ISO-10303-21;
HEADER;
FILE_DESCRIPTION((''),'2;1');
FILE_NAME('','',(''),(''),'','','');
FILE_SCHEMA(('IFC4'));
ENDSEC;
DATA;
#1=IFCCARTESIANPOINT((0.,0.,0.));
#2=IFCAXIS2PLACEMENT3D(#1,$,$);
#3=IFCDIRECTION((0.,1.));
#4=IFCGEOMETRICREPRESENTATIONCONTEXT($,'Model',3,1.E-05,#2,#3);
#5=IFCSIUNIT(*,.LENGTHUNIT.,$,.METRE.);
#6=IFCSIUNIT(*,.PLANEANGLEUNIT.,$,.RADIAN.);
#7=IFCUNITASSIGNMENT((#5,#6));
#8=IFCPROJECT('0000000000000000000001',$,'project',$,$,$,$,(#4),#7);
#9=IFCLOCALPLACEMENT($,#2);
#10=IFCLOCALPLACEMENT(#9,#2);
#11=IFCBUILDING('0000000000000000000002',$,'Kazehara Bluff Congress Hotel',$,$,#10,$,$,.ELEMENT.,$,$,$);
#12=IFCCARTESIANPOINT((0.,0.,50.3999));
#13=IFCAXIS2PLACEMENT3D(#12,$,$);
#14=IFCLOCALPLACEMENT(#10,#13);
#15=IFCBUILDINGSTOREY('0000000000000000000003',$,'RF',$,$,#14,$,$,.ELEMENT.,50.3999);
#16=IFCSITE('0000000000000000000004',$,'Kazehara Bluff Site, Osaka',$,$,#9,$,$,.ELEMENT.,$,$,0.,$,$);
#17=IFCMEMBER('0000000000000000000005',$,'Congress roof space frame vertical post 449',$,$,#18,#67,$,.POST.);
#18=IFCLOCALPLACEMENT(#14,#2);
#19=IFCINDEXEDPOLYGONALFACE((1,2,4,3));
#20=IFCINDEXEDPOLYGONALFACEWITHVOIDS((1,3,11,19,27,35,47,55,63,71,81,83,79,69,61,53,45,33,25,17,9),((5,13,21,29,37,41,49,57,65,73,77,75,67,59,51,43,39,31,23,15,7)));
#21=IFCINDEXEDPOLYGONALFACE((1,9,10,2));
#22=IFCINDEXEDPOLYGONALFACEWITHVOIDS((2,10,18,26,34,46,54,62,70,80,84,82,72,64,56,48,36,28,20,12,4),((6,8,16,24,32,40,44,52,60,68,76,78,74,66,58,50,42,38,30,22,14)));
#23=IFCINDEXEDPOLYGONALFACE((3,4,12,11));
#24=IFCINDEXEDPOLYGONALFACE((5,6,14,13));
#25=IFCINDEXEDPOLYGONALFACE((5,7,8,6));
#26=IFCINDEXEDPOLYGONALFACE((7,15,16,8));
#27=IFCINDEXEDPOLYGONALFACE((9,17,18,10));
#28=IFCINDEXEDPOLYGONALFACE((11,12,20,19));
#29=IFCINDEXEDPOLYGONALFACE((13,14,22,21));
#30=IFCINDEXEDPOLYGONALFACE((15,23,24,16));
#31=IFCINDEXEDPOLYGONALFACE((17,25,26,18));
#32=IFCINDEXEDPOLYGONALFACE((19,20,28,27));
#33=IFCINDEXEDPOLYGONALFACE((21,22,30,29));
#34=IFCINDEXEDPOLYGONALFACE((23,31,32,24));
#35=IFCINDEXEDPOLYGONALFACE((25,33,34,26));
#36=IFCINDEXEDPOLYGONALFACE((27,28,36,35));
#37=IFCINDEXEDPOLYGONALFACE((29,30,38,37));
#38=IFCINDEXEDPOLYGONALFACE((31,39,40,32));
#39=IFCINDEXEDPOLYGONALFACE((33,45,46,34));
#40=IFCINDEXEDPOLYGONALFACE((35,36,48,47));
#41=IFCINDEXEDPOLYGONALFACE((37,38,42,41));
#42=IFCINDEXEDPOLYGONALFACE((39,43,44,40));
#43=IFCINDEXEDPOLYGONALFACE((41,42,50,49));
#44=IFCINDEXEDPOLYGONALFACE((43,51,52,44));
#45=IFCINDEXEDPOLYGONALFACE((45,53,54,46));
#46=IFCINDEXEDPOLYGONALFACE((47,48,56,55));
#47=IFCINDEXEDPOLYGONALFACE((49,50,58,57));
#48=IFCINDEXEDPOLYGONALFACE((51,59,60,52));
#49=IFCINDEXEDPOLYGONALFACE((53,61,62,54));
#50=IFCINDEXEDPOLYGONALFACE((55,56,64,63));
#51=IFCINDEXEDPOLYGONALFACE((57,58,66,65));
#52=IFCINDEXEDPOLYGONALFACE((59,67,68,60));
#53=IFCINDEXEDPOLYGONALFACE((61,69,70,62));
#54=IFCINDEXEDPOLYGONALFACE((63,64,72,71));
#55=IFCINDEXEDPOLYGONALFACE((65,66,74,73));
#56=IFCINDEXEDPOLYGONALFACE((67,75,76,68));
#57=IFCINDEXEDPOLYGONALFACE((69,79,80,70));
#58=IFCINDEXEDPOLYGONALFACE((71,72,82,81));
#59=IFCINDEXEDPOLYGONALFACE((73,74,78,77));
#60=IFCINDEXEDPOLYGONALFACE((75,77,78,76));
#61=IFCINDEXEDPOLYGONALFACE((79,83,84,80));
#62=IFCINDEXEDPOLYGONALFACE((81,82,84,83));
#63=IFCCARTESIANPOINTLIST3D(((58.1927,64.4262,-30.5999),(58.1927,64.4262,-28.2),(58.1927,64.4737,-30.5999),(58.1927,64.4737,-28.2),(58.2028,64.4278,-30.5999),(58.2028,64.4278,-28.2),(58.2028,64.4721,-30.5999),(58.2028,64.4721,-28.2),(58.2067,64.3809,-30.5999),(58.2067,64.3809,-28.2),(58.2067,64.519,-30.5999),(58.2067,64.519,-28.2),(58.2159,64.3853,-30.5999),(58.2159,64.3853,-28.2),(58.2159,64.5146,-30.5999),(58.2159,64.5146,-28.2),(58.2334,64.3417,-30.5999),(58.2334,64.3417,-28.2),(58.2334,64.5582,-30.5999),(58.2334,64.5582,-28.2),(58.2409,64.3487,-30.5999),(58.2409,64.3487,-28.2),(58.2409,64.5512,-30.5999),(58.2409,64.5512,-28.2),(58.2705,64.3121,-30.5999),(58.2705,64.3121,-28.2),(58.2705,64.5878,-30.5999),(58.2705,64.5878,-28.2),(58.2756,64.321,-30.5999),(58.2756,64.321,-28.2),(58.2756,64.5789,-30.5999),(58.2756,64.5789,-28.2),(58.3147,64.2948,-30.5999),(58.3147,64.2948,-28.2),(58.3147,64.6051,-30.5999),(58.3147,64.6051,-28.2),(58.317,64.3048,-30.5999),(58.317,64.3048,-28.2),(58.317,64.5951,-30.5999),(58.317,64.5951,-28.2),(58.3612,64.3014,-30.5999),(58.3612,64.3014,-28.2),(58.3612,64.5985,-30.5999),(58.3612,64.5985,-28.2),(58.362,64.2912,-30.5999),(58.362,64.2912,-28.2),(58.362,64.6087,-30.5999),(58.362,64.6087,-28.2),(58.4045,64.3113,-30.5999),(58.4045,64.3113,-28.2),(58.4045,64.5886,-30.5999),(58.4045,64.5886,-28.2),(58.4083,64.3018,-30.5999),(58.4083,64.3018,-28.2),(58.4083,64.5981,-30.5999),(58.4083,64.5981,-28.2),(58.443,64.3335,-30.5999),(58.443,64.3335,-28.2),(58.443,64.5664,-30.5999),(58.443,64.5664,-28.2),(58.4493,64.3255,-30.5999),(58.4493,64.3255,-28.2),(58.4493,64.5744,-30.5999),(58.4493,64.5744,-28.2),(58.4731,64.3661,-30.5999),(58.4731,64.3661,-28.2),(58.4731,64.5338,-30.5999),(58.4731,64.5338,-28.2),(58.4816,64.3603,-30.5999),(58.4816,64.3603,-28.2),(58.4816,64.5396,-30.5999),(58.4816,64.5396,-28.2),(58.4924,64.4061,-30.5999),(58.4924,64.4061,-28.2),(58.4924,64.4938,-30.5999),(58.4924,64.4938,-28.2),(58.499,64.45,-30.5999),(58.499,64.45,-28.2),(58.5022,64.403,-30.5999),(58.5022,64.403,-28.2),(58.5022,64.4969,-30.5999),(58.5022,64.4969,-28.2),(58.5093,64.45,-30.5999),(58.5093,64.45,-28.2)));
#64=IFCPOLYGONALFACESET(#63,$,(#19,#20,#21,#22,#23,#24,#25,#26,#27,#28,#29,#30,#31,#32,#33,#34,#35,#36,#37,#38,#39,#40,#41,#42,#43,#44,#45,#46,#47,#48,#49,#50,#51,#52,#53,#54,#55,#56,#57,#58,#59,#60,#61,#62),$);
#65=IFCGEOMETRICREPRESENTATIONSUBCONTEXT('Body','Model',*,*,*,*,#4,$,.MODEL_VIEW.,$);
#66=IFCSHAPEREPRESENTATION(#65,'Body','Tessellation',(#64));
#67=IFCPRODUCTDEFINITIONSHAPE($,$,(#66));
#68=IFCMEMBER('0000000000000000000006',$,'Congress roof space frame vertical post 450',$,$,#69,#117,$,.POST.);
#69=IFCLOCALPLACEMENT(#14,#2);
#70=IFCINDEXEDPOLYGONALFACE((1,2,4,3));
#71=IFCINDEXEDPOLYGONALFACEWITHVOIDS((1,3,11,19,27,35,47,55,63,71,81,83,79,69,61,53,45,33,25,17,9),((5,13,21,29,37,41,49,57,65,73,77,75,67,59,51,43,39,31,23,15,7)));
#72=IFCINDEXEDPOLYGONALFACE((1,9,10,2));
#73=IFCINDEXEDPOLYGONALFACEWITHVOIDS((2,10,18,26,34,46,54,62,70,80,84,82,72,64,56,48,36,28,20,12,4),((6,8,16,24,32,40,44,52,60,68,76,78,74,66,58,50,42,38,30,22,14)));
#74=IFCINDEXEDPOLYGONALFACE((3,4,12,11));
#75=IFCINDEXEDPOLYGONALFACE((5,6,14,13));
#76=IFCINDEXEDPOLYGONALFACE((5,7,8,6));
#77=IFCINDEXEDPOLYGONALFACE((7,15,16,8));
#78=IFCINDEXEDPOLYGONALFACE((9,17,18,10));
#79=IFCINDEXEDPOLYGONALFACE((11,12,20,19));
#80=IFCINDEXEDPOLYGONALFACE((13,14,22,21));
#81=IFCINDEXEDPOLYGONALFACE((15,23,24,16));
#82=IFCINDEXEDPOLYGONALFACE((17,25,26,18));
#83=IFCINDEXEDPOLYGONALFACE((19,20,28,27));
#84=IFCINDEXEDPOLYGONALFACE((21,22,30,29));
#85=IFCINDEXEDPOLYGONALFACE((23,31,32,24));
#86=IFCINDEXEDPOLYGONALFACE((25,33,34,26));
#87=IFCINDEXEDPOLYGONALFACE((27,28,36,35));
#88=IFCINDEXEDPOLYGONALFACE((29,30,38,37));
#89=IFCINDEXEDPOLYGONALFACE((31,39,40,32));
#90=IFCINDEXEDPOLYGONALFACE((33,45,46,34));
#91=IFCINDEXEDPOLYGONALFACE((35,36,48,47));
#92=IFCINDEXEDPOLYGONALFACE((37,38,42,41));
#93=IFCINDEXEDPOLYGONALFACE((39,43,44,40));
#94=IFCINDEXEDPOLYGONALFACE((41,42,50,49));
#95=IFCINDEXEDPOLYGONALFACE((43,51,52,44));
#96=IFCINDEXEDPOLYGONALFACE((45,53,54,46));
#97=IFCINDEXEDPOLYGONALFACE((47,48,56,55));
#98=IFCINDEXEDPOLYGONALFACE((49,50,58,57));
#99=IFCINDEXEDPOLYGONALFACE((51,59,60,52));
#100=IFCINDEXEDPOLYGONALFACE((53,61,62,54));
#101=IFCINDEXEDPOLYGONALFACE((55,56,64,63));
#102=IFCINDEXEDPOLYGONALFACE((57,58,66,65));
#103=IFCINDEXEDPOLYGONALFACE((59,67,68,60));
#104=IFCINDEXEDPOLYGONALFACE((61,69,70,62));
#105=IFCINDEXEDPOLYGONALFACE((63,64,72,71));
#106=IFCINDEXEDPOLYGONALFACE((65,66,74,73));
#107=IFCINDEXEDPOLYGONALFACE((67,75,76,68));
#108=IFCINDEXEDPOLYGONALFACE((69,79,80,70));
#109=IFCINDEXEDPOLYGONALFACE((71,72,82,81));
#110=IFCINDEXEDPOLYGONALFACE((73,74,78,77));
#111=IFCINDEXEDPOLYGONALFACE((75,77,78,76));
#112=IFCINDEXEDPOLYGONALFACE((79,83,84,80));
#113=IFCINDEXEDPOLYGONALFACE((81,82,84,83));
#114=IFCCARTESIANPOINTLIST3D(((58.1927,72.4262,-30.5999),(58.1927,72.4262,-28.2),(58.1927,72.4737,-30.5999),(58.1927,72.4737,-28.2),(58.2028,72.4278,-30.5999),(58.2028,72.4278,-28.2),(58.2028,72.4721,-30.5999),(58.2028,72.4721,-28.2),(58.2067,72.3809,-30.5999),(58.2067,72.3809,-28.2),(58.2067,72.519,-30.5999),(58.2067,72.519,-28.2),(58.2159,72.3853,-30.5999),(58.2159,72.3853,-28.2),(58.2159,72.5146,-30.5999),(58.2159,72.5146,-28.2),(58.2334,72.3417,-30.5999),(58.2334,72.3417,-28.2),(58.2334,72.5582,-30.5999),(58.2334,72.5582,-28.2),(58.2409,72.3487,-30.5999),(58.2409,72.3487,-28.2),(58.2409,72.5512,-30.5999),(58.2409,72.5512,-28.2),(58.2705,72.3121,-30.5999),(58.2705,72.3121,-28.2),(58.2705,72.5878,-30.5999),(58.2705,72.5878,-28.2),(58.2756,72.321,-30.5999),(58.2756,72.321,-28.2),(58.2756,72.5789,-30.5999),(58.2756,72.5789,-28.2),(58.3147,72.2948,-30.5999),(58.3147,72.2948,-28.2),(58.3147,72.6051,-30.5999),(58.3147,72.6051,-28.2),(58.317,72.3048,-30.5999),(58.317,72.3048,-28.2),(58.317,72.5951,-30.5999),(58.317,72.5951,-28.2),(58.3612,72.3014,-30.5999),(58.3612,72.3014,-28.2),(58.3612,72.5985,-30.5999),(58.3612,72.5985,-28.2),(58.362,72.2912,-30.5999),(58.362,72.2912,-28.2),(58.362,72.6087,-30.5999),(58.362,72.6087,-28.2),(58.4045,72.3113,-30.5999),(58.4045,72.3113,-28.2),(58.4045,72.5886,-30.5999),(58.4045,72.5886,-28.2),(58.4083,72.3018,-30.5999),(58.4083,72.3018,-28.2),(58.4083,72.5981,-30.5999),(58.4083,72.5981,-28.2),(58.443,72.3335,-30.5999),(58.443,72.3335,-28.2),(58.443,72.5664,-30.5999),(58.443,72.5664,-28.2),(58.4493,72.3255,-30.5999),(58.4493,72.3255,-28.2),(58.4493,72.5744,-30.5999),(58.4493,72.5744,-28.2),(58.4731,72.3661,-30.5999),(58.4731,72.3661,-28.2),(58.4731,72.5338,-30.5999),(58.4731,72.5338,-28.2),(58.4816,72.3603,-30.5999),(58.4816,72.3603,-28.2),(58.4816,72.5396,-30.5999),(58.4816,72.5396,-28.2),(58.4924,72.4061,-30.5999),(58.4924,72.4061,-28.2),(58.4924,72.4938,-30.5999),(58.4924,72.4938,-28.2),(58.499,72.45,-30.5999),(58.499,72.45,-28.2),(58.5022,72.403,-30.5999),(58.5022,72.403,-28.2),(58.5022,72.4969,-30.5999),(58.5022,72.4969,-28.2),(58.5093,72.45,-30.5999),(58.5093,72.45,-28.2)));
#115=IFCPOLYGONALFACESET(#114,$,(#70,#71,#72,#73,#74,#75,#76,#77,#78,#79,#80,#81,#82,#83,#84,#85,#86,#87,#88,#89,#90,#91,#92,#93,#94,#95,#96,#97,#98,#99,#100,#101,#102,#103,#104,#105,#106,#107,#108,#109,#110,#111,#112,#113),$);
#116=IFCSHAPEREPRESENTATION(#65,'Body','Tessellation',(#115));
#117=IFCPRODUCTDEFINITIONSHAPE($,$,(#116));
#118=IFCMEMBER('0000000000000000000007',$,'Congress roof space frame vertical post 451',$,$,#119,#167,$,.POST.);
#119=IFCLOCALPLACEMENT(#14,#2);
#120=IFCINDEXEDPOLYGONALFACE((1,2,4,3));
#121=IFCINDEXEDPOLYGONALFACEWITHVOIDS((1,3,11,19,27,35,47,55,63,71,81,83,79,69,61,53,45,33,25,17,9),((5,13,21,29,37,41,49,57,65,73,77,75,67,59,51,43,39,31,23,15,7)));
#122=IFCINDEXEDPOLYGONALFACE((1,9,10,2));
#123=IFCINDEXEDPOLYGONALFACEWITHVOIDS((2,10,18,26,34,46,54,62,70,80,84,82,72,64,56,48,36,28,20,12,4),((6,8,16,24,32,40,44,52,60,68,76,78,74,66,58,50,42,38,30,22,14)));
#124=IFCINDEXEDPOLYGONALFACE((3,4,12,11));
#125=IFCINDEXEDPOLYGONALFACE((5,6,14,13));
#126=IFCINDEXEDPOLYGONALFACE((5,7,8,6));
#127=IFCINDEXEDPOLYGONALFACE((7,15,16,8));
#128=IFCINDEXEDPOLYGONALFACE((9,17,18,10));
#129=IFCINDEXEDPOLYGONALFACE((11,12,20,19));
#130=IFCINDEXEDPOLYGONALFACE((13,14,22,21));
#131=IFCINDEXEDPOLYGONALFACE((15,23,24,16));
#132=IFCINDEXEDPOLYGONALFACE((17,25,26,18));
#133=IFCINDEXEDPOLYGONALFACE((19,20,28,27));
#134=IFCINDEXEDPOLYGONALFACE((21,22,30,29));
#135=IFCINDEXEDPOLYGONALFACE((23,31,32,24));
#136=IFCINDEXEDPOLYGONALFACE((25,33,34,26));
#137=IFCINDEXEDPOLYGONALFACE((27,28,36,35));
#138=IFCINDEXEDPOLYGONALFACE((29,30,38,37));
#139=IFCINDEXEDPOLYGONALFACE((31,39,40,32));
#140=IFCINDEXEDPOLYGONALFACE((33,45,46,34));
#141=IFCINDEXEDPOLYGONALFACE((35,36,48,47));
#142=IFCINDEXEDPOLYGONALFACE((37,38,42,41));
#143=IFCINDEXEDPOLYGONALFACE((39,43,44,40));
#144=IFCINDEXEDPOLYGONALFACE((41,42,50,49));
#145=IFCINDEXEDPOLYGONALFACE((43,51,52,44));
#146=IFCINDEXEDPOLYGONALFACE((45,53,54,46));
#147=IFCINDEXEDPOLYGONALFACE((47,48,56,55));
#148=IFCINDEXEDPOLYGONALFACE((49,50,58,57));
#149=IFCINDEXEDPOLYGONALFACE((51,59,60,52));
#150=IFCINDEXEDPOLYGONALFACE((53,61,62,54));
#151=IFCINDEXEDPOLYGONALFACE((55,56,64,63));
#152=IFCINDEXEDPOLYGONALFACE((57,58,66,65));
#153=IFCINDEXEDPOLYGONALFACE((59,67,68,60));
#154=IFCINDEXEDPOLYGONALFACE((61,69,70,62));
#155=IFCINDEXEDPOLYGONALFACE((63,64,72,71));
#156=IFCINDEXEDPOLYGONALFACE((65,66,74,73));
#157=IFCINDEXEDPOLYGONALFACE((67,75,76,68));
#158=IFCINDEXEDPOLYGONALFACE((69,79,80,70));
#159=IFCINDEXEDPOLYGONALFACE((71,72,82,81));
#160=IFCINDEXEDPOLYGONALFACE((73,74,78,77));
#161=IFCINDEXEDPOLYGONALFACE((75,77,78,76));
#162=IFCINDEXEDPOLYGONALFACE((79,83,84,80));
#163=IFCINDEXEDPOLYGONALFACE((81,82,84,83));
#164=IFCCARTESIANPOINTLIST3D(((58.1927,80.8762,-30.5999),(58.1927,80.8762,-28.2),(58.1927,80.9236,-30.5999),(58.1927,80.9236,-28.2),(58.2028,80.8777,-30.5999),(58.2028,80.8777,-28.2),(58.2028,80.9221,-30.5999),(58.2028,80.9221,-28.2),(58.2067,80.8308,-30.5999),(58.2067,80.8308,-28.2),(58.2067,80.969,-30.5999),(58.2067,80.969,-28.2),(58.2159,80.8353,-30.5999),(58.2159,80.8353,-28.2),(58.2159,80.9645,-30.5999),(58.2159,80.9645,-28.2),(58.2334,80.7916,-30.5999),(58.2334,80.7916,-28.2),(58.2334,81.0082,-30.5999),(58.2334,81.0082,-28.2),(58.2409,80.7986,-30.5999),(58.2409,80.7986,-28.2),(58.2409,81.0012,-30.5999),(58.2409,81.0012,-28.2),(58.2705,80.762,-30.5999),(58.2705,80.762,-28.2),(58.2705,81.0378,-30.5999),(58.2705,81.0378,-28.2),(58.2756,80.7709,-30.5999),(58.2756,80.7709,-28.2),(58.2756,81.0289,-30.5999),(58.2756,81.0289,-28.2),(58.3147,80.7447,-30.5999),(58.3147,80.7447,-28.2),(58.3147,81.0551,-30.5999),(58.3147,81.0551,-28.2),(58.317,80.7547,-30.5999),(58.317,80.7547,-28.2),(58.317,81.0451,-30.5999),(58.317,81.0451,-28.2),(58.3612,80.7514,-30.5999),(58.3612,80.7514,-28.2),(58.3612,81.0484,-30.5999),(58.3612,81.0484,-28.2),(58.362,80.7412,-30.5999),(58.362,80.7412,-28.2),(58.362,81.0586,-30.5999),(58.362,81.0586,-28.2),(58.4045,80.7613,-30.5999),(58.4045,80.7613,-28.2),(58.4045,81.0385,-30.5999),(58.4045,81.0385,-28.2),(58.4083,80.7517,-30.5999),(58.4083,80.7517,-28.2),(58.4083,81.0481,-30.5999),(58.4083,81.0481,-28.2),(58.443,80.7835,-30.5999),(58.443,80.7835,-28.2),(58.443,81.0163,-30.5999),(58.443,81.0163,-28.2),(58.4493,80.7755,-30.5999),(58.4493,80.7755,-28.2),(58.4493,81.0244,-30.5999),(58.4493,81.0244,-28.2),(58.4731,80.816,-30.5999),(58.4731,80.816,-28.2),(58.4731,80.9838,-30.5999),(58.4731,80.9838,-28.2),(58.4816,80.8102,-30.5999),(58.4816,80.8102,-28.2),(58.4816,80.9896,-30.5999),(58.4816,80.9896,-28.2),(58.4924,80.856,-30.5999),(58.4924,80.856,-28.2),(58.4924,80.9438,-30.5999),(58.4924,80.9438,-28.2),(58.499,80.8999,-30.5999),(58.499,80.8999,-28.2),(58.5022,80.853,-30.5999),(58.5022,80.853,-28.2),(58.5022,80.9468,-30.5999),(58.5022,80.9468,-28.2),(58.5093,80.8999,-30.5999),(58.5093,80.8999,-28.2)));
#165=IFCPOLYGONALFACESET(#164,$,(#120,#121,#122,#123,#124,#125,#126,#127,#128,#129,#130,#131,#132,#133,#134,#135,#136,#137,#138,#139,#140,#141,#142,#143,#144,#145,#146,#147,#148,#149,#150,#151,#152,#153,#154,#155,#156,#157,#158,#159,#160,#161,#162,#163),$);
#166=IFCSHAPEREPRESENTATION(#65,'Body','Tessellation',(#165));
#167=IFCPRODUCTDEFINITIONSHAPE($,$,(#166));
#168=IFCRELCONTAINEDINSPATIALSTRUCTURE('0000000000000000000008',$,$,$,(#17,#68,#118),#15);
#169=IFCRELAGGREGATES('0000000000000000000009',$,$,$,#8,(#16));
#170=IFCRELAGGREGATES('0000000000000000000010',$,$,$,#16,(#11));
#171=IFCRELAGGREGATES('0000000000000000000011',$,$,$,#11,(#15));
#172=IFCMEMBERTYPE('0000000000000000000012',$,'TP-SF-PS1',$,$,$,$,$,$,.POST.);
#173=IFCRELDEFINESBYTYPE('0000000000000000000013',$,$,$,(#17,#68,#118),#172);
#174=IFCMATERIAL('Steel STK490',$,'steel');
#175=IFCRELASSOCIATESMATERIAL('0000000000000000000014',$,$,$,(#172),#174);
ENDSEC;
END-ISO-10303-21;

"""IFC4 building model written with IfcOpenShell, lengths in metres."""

from ifc_helpers import new_model, si_unit, direction, frame, origin, origin_2d, place, context, subcontext, project, spatial, hollow_circle, extrude, material, material_profile, profile_set, type_object, element, save


model = new_model("IFC4")

# Units and contexts
model_context = context("Model", 3, precision=1e-05, world=origin(), true_north=direction((0.0, 1.0)))
body_context = subcontext(model_context, "Body", "Model", "MODEL_VIEW")
ifc_project = project(units=[si_unit("LENGTHUNIT", "METRE"), si_unit("PLANEANGLEUNIT", "RADIAN")], contexts=[model_context])

# Site, building, storey
site_placement = place(None, origin())
site = spatial("IfcSite", under=ifc_project, at=site_placement, Name="Kazehara Bluff Site, Osaka", CompositionType="ELEMENT", RefElevation=0.0)
building_placement = place(site_placement, origin())
building = spatial("IfcBuilding", under=site, at=building_placement, Name="Kazehara Bluff Congress Hotel", CompositionType="ELEMENT")
storey_placement = place(building_placement, frame((0.0, 0.0, 50.3999)))
storey = spatial("IfcBuildingStorey", under=building, at=storey_placement, Name="RF", CompositionType="ELEMENT", Elevation=50.3999)

# Members
ifc_material_1 = material(Name="Steel STK490", Category="steel")
ifc_material_profile_1 = material_profile(ifc_material_1, hollow_circle(Radius=0.1592, WallThickness=0.0103, at=origin_2d()))
ifc_profile_set_1 = profile_set([ifc_material_profile_1], Name="Steel STK490")
member_type_1 = type_object("IfcMemberType", Name="TP-SF-PS1", PredefinedType="POST", material=ifc_profile_set_1)
for number, where, z_axis, x_axis, name in (
    (1, (58.3501, 64.45, -30.5999), (0.0, 0.0, 1.0), (1.0, 0.0, 0.0), "Congress roof space frame vertical post 449"),
    (2, (58.3501, 72.45, -30.5999), (0.0, 0.0, 1.0), (1.0, 0.0, 0.0), "Congress roof space frame vertical post 450"),
    (3, (58.3501, 80.8999, -30.5999), (0.0, 0.0, 1.0), (1.0, 0.0, 0.0), "Congress roof space frame vertical post 451"),
):
    element("IfcMember", number, at=place(storey_placement, frame(where, z_axis=z_axis, x_axis=x_axis)), inside=storey, type_object=member_type_1, Name=name, PredefinedType="POST", context=body_context, shape_type="SweptSolid", body=[
        extrude(hollow_circle(Radius=0.1592, WallThickness=0.0103, at=origin_2d()), origin(), (0.0, 0.0, 1.0), 2.3999),
    ])

save(model, "model.ifc")
